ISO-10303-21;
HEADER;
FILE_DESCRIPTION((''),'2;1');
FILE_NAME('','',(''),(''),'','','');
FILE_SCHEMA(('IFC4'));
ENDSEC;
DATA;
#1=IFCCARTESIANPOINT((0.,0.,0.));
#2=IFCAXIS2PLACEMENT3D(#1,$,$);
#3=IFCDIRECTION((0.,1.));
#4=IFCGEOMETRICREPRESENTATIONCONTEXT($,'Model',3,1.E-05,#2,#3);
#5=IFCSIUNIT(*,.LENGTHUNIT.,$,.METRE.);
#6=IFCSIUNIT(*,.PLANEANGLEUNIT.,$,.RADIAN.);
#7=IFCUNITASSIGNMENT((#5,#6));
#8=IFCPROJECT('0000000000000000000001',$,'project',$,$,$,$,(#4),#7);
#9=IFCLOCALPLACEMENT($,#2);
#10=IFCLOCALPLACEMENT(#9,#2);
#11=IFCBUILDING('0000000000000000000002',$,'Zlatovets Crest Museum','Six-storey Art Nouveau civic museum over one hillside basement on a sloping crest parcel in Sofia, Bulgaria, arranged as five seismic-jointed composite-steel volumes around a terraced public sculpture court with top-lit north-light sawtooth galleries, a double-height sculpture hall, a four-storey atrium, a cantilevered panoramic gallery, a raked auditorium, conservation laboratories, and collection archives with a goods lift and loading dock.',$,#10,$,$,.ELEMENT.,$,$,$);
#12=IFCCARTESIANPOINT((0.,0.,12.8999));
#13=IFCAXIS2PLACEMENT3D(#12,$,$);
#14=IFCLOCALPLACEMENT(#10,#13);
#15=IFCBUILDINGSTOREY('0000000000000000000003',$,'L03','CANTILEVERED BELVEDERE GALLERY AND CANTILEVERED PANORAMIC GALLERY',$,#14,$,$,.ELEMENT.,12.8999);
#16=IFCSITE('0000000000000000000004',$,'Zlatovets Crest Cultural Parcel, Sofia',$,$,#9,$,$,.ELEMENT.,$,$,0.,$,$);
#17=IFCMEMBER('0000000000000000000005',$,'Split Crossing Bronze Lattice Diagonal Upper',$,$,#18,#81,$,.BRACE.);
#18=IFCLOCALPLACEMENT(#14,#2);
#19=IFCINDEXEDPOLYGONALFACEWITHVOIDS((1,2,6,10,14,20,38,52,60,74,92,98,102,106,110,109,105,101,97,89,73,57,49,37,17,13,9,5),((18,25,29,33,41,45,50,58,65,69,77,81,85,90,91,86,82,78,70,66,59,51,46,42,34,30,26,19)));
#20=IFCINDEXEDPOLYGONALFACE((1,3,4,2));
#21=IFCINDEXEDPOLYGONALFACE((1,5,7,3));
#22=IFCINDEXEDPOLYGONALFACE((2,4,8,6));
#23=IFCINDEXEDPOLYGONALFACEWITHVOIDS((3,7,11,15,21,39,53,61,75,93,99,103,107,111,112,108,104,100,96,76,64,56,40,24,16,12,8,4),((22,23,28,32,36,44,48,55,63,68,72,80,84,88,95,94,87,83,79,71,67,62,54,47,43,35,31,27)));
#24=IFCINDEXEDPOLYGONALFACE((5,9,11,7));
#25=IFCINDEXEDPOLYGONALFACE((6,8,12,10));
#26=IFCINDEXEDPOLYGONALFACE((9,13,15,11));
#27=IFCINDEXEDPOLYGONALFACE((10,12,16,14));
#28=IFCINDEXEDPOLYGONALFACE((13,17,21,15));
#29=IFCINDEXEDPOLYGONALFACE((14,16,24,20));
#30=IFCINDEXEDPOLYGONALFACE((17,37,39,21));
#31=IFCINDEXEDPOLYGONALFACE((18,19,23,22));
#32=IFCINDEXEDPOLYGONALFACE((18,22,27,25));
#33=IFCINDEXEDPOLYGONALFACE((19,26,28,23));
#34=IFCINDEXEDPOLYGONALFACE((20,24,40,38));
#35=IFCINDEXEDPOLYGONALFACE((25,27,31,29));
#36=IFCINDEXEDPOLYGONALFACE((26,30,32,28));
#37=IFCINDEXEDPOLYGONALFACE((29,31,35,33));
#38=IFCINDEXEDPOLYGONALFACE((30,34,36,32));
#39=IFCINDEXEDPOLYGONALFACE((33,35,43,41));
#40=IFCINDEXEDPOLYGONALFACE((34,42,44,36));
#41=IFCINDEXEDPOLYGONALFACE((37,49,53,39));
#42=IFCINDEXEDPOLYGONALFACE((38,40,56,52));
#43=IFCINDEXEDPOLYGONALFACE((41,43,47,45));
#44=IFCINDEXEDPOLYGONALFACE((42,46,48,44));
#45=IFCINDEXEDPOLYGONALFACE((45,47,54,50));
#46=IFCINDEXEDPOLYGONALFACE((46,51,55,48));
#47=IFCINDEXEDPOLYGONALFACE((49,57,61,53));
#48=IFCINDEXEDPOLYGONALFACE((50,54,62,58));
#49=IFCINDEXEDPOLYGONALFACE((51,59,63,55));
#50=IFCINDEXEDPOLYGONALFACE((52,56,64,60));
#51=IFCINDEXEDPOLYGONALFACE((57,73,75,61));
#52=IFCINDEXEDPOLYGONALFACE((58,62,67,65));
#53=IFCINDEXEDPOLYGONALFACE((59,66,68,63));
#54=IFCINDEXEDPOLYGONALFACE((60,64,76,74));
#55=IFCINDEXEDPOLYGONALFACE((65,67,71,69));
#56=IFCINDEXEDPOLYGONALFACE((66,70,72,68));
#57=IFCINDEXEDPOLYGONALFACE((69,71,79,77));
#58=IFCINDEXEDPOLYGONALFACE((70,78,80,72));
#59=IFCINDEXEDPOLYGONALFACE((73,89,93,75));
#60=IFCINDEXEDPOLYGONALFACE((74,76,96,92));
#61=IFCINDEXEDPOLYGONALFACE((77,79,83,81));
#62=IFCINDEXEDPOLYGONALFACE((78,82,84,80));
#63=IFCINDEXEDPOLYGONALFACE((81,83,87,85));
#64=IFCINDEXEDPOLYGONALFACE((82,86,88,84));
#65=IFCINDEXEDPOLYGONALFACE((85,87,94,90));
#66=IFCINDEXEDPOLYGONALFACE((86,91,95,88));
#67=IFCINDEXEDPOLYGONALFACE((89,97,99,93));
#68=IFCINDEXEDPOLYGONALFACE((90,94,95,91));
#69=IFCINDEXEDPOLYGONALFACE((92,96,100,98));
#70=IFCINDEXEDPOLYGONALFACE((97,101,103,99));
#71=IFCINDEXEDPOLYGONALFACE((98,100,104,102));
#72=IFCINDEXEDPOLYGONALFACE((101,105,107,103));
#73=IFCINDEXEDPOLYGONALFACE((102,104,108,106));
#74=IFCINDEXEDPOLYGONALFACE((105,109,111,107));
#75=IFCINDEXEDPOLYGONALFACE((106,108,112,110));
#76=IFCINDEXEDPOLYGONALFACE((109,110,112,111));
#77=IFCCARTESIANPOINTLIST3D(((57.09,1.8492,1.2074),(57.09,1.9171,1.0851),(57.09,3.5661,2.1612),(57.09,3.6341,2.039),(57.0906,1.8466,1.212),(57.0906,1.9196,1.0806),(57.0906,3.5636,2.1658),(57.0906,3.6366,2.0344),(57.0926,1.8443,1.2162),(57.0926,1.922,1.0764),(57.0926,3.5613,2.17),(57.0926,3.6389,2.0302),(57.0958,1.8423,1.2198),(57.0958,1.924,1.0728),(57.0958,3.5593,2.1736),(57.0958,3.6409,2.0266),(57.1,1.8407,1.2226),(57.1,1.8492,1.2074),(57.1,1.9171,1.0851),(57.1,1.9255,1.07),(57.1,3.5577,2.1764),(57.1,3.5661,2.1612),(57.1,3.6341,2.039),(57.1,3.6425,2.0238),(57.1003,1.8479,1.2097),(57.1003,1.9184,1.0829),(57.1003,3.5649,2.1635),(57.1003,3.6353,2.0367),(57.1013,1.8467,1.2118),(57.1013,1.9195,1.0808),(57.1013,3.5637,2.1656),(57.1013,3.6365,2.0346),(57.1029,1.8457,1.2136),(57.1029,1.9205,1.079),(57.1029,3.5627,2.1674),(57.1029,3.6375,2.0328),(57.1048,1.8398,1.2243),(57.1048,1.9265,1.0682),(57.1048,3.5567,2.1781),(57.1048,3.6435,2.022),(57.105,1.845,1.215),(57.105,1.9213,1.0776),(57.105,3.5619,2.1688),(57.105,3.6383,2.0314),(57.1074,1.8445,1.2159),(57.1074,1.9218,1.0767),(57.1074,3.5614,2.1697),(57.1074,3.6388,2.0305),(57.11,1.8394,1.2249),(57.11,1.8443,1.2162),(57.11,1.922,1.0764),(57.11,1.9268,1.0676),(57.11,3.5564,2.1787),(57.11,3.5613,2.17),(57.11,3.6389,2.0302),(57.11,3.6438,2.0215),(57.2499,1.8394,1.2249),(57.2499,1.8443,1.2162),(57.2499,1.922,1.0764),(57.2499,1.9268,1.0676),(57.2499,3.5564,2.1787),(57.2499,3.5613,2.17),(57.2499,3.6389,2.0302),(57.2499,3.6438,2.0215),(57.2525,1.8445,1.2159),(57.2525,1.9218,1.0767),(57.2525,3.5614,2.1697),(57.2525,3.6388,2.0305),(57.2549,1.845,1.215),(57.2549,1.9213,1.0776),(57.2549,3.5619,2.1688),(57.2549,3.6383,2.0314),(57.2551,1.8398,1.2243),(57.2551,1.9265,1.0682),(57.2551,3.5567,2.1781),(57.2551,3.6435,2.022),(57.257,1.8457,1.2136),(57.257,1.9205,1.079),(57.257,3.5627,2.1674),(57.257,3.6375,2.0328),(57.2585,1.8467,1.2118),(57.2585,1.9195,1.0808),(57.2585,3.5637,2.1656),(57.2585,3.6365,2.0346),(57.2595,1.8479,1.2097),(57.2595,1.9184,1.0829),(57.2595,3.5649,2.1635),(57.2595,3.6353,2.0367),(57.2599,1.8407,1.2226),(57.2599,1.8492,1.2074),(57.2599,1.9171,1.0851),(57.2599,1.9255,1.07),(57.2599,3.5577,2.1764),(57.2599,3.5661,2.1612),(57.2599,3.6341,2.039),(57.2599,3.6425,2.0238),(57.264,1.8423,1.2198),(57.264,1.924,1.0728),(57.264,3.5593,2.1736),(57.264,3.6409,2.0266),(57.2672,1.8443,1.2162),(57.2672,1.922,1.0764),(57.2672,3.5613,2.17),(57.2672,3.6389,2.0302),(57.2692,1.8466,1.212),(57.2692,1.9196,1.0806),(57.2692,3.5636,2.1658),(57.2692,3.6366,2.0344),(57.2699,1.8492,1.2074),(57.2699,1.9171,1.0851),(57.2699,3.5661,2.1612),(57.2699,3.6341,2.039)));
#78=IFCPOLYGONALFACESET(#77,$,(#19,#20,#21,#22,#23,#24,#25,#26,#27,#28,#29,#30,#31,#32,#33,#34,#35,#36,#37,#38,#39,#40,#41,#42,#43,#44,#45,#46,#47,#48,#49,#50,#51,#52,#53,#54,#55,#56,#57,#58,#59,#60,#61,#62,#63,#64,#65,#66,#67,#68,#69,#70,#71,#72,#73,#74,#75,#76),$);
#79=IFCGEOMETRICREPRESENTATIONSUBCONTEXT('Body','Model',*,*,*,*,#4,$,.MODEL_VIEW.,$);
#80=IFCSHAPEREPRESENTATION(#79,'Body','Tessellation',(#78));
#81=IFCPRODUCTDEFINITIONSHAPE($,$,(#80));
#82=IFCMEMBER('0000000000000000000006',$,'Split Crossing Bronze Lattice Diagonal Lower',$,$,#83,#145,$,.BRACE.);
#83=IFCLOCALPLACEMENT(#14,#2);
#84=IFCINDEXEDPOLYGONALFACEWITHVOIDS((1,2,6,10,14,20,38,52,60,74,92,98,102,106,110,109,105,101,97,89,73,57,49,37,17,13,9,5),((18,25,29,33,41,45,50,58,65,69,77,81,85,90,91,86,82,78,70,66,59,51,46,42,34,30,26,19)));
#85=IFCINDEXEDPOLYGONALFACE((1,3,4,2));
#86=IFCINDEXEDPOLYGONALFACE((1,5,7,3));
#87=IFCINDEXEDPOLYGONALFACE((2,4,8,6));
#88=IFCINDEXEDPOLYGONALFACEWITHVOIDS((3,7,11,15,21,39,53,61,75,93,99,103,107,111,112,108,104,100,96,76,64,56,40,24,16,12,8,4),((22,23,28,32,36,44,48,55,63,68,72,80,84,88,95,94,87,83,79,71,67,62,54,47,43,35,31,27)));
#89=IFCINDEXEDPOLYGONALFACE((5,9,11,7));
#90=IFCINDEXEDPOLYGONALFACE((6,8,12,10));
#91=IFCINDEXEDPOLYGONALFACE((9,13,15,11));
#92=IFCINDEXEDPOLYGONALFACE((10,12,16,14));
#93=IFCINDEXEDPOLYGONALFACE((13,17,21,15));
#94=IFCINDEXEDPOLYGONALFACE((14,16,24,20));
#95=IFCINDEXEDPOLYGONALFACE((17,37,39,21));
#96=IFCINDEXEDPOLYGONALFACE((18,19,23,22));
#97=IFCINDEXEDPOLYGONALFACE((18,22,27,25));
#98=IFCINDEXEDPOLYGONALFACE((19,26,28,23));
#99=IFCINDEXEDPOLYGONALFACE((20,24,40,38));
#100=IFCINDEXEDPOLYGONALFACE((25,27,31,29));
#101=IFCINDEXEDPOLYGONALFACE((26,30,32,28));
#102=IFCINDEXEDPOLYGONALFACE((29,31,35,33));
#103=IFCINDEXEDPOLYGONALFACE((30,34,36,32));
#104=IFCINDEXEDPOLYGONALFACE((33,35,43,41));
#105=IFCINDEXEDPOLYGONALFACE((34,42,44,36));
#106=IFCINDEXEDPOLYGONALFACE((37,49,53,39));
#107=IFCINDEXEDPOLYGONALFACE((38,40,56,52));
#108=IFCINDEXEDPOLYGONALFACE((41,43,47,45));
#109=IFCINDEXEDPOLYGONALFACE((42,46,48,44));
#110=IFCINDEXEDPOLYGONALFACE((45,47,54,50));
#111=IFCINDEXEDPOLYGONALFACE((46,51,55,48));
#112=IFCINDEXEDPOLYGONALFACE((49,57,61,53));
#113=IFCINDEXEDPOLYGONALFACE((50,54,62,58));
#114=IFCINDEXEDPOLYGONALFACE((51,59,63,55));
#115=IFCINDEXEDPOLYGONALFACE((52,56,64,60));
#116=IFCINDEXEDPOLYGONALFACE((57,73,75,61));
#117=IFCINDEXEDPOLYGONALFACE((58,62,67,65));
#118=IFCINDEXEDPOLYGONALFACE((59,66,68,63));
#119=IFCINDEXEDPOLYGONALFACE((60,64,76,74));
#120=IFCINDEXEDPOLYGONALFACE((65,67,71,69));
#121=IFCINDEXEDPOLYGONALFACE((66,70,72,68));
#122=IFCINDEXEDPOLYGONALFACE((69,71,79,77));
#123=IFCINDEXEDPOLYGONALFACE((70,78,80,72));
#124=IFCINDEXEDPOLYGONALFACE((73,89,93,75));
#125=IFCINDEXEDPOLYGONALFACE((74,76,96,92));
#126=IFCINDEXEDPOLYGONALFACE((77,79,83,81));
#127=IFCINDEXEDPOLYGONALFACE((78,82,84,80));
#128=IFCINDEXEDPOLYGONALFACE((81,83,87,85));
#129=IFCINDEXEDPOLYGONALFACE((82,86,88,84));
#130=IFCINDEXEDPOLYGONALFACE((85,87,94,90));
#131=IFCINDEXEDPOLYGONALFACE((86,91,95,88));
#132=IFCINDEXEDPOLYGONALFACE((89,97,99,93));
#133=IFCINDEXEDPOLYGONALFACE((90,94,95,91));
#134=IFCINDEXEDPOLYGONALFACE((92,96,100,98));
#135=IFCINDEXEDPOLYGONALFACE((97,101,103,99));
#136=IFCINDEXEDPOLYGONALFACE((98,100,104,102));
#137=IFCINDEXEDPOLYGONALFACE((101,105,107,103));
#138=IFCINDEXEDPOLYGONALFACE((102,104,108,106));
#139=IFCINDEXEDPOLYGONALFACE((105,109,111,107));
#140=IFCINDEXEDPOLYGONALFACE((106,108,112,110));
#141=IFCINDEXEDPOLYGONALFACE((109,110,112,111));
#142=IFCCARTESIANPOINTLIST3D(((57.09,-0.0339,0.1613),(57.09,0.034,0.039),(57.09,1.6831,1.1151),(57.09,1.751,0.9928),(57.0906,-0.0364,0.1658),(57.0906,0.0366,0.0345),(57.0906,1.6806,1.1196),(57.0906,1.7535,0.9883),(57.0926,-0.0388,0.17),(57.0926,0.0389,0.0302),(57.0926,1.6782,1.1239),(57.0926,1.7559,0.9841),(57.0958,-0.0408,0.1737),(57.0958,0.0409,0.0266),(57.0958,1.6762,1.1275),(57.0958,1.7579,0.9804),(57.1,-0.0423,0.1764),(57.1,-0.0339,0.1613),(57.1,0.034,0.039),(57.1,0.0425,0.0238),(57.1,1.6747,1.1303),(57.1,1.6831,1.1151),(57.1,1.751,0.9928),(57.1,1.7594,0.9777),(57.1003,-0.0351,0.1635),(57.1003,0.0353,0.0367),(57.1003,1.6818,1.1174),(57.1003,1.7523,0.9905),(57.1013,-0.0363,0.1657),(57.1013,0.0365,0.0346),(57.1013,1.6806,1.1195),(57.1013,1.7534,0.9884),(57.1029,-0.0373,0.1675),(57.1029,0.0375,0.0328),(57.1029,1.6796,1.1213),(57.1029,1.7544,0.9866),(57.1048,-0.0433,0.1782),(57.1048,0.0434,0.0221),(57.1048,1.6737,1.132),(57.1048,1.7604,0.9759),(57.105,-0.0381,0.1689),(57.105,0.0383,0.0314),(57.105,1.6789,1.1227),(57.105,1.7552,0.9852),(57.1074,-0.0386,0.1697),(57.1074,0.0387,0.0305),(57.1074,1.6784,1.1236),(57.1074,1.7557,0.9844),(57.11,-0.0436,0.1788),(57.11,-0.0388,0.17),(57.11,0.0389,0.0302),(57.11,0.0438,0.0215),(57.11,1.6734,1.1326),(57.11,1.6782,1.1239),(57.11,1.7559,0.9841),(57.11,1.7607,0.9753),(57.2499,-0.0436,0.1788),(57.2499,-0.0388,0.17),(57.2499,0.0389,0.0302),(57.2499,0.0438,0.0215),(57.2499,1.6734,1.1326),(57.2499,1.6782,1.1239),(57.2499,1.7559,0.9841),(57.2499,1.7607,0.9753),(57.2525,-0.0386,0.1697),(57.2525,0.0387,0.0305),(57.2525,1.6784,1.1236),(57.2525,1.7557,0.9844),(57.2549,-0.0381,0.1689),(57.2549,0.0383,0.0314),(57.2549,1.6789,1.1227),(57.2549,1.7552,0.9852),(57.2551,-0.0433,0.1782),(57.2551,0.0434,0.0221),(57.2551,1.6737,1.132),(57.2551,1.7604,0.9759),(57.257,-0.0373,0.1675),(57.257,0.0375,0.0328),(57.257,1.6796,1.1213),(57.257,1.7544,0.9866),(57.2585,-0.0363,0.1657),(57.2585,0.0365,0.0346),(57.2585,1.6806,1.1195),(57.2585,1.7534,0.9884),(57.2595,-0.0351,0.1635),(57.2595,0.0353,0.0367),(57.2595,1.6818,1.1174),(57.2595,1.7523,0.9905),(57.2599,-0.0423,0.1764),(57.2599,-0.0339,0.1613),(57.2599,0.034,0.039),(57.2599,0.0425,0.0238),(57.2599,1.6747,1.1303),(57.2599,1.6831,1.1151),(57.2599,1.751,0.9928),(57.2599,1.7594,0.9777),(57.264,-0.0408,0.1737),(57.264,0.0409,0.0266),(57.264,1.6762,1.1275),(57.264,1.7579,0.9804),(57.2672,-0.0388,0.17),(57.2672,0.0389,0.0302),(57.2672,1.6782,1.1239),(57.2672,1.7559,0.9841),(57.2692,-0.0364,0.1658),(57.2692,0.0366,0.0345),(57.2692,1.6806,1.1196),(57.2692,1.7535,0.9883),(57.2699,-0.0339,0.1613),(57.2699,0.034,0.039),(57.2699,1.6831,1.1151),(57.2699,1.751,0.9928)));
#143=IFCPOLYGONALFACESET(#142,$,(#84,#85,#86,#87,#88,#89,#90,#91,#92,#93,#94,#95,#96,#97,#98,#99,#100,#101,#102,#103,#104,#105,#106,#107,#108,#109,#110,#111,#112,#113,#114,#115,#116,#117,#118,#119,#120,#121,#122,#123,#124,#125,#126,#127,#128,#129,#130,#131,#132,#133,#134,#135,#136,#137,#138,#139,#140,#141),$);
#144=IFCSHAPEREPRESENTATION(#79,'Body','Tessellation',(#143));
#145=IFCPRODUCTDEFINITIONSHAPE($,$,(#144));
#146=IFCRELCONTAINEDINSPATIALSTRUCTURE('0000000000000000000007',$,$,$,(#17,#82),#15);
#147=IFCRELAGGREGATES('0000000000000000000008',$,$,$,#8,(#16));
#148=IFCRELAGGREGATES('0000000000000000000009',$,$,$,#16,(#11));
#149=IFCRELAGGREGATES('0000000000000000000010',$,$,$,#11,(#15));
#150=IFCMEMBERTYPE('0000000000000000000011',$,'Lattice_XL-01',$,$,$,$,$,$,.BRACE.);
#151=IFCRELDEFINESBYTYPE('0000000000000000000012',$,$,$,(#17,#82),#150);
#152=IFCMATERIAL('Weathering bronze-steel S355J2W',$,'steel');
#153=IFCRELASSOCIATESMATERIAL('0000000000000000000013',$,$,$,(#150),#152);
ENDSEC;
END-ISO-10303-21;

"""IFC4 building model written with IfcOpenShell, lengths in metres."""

from ifc_helpers import new_model, si_unit, direction, frame, origin, origin_2d, place, context, subcontext, project, spatial, hollow_rectangle, extrude, material, material_profile, profile_set, type_object, element, save


model = new_model("IFC4")

# Units and contexts
model_context = context("Model", 3, precision=1e-05, world=origin(), true_north=direction((0.0, 1.0)))
body_context = subcontext(model_context, "Body", "Model", "MODEL_VIEW")
ifc_project = project(units=[si_unit("LENGTHUNIT", "METRE"), si_unit("PLANEANGLEUNIT", "RADIAN")], contexts=[model_context])

# Site, building, storey
site_placement = place(None, origin())
site = spatial("IfcSite", under=ifc_project, at=site_placement, Name="Zlatovets Crest Cultural Parcel, Sofia", CompositionType="ELEMENT", RefElevation=0.0)
building_placement = place(site_placement, origin())
building = spatial("IfcBuilding", under=site, at=building_placement, Name="Zlatovets Crest Museum", Description="Six-storey Art Nouveau civic museum over one hillside basement on a sloping crest parcel in Sofia, Bulgaria, arranged as five seismic-jointed composite-steel volumes around a terraced public sculpture court with top-lit north-light sawtooth galleries, a double-height sculpture hall, a four-storey atrium, a cantilevered panoramic gallery, a raked auditorium, conservation laboratories, and collection archives with a goods lift and loading dock.", CompositionType="ELEMENT")
storey_placement = place(building_placement, frame((0.0, 0.0, 12.8999)))
storey = spatial("IfcBuildingStorey", under=building, at=storey_placement, Name="L03", Description="CANTILEVERED BELVEDERE GALLERY AND CANTILEVERED PANORAMIC GALLERY", CompositionType="ELEMENT", Elevation=12.8999)

# Members
ifc_material_1 = material(Name="Weathering bronze-steel S355J2W", Category="steel")
ifc_material_profile_1 = material_profile(ifc_material_1, hollow_rectangle(XDim=0.1799, YDim=0.1799, WallThickness=0.01, InnerFilletRadius=0.01, OuterFilletRadius=0.02, at=origin_2d()), Name="SHS 180x180x10.0")
ifc_profile_set_1 = profile_set([ifc_material_profile_1], Name="Weathering bronze-steel S355J2W")
member_type_1 = type_object("IfcMemberType", Name="Lattice_XL-01", PredefinedType="BRACE", material=ifc_profile_set_1)
for number, where, z_axis, x_axis, name in (
    (1, (57.1799, 3.6001, 2.1001), (0.0, -0.874169, -0.485622), (1.0, 0.0, 0.0), "Split Crossing Bronze Lattice Diagonal Upper"),
    (2, (57.1799, 1.717, 1.054), (0.0, -0.874169, -0.485622), (1.0, 0.0, 0.0), "Split Crossing Bronze Lattice Diagonal Lower"),
):
    element("IfcMember", number, at=place(storey_placement, frame(where, z_axis=z_axis, x_axis=x_axis)), inside=storey, type_object=member_type_1, Name=name, PredefinedType="BRACE", context=body_context, shape_type="SweptSolid", body=[
        extrude(hollow_rectangle(XDim=0.1799, YDim=0.1799, WallThickness=0.01, InnerFilletRadius=0.01, OuterFilletRadius=0.02, at=origin_2d()), origin(), (0.0, 0.0, 1.0), 1.9641),
    ])

save(model, "model.ifc")
